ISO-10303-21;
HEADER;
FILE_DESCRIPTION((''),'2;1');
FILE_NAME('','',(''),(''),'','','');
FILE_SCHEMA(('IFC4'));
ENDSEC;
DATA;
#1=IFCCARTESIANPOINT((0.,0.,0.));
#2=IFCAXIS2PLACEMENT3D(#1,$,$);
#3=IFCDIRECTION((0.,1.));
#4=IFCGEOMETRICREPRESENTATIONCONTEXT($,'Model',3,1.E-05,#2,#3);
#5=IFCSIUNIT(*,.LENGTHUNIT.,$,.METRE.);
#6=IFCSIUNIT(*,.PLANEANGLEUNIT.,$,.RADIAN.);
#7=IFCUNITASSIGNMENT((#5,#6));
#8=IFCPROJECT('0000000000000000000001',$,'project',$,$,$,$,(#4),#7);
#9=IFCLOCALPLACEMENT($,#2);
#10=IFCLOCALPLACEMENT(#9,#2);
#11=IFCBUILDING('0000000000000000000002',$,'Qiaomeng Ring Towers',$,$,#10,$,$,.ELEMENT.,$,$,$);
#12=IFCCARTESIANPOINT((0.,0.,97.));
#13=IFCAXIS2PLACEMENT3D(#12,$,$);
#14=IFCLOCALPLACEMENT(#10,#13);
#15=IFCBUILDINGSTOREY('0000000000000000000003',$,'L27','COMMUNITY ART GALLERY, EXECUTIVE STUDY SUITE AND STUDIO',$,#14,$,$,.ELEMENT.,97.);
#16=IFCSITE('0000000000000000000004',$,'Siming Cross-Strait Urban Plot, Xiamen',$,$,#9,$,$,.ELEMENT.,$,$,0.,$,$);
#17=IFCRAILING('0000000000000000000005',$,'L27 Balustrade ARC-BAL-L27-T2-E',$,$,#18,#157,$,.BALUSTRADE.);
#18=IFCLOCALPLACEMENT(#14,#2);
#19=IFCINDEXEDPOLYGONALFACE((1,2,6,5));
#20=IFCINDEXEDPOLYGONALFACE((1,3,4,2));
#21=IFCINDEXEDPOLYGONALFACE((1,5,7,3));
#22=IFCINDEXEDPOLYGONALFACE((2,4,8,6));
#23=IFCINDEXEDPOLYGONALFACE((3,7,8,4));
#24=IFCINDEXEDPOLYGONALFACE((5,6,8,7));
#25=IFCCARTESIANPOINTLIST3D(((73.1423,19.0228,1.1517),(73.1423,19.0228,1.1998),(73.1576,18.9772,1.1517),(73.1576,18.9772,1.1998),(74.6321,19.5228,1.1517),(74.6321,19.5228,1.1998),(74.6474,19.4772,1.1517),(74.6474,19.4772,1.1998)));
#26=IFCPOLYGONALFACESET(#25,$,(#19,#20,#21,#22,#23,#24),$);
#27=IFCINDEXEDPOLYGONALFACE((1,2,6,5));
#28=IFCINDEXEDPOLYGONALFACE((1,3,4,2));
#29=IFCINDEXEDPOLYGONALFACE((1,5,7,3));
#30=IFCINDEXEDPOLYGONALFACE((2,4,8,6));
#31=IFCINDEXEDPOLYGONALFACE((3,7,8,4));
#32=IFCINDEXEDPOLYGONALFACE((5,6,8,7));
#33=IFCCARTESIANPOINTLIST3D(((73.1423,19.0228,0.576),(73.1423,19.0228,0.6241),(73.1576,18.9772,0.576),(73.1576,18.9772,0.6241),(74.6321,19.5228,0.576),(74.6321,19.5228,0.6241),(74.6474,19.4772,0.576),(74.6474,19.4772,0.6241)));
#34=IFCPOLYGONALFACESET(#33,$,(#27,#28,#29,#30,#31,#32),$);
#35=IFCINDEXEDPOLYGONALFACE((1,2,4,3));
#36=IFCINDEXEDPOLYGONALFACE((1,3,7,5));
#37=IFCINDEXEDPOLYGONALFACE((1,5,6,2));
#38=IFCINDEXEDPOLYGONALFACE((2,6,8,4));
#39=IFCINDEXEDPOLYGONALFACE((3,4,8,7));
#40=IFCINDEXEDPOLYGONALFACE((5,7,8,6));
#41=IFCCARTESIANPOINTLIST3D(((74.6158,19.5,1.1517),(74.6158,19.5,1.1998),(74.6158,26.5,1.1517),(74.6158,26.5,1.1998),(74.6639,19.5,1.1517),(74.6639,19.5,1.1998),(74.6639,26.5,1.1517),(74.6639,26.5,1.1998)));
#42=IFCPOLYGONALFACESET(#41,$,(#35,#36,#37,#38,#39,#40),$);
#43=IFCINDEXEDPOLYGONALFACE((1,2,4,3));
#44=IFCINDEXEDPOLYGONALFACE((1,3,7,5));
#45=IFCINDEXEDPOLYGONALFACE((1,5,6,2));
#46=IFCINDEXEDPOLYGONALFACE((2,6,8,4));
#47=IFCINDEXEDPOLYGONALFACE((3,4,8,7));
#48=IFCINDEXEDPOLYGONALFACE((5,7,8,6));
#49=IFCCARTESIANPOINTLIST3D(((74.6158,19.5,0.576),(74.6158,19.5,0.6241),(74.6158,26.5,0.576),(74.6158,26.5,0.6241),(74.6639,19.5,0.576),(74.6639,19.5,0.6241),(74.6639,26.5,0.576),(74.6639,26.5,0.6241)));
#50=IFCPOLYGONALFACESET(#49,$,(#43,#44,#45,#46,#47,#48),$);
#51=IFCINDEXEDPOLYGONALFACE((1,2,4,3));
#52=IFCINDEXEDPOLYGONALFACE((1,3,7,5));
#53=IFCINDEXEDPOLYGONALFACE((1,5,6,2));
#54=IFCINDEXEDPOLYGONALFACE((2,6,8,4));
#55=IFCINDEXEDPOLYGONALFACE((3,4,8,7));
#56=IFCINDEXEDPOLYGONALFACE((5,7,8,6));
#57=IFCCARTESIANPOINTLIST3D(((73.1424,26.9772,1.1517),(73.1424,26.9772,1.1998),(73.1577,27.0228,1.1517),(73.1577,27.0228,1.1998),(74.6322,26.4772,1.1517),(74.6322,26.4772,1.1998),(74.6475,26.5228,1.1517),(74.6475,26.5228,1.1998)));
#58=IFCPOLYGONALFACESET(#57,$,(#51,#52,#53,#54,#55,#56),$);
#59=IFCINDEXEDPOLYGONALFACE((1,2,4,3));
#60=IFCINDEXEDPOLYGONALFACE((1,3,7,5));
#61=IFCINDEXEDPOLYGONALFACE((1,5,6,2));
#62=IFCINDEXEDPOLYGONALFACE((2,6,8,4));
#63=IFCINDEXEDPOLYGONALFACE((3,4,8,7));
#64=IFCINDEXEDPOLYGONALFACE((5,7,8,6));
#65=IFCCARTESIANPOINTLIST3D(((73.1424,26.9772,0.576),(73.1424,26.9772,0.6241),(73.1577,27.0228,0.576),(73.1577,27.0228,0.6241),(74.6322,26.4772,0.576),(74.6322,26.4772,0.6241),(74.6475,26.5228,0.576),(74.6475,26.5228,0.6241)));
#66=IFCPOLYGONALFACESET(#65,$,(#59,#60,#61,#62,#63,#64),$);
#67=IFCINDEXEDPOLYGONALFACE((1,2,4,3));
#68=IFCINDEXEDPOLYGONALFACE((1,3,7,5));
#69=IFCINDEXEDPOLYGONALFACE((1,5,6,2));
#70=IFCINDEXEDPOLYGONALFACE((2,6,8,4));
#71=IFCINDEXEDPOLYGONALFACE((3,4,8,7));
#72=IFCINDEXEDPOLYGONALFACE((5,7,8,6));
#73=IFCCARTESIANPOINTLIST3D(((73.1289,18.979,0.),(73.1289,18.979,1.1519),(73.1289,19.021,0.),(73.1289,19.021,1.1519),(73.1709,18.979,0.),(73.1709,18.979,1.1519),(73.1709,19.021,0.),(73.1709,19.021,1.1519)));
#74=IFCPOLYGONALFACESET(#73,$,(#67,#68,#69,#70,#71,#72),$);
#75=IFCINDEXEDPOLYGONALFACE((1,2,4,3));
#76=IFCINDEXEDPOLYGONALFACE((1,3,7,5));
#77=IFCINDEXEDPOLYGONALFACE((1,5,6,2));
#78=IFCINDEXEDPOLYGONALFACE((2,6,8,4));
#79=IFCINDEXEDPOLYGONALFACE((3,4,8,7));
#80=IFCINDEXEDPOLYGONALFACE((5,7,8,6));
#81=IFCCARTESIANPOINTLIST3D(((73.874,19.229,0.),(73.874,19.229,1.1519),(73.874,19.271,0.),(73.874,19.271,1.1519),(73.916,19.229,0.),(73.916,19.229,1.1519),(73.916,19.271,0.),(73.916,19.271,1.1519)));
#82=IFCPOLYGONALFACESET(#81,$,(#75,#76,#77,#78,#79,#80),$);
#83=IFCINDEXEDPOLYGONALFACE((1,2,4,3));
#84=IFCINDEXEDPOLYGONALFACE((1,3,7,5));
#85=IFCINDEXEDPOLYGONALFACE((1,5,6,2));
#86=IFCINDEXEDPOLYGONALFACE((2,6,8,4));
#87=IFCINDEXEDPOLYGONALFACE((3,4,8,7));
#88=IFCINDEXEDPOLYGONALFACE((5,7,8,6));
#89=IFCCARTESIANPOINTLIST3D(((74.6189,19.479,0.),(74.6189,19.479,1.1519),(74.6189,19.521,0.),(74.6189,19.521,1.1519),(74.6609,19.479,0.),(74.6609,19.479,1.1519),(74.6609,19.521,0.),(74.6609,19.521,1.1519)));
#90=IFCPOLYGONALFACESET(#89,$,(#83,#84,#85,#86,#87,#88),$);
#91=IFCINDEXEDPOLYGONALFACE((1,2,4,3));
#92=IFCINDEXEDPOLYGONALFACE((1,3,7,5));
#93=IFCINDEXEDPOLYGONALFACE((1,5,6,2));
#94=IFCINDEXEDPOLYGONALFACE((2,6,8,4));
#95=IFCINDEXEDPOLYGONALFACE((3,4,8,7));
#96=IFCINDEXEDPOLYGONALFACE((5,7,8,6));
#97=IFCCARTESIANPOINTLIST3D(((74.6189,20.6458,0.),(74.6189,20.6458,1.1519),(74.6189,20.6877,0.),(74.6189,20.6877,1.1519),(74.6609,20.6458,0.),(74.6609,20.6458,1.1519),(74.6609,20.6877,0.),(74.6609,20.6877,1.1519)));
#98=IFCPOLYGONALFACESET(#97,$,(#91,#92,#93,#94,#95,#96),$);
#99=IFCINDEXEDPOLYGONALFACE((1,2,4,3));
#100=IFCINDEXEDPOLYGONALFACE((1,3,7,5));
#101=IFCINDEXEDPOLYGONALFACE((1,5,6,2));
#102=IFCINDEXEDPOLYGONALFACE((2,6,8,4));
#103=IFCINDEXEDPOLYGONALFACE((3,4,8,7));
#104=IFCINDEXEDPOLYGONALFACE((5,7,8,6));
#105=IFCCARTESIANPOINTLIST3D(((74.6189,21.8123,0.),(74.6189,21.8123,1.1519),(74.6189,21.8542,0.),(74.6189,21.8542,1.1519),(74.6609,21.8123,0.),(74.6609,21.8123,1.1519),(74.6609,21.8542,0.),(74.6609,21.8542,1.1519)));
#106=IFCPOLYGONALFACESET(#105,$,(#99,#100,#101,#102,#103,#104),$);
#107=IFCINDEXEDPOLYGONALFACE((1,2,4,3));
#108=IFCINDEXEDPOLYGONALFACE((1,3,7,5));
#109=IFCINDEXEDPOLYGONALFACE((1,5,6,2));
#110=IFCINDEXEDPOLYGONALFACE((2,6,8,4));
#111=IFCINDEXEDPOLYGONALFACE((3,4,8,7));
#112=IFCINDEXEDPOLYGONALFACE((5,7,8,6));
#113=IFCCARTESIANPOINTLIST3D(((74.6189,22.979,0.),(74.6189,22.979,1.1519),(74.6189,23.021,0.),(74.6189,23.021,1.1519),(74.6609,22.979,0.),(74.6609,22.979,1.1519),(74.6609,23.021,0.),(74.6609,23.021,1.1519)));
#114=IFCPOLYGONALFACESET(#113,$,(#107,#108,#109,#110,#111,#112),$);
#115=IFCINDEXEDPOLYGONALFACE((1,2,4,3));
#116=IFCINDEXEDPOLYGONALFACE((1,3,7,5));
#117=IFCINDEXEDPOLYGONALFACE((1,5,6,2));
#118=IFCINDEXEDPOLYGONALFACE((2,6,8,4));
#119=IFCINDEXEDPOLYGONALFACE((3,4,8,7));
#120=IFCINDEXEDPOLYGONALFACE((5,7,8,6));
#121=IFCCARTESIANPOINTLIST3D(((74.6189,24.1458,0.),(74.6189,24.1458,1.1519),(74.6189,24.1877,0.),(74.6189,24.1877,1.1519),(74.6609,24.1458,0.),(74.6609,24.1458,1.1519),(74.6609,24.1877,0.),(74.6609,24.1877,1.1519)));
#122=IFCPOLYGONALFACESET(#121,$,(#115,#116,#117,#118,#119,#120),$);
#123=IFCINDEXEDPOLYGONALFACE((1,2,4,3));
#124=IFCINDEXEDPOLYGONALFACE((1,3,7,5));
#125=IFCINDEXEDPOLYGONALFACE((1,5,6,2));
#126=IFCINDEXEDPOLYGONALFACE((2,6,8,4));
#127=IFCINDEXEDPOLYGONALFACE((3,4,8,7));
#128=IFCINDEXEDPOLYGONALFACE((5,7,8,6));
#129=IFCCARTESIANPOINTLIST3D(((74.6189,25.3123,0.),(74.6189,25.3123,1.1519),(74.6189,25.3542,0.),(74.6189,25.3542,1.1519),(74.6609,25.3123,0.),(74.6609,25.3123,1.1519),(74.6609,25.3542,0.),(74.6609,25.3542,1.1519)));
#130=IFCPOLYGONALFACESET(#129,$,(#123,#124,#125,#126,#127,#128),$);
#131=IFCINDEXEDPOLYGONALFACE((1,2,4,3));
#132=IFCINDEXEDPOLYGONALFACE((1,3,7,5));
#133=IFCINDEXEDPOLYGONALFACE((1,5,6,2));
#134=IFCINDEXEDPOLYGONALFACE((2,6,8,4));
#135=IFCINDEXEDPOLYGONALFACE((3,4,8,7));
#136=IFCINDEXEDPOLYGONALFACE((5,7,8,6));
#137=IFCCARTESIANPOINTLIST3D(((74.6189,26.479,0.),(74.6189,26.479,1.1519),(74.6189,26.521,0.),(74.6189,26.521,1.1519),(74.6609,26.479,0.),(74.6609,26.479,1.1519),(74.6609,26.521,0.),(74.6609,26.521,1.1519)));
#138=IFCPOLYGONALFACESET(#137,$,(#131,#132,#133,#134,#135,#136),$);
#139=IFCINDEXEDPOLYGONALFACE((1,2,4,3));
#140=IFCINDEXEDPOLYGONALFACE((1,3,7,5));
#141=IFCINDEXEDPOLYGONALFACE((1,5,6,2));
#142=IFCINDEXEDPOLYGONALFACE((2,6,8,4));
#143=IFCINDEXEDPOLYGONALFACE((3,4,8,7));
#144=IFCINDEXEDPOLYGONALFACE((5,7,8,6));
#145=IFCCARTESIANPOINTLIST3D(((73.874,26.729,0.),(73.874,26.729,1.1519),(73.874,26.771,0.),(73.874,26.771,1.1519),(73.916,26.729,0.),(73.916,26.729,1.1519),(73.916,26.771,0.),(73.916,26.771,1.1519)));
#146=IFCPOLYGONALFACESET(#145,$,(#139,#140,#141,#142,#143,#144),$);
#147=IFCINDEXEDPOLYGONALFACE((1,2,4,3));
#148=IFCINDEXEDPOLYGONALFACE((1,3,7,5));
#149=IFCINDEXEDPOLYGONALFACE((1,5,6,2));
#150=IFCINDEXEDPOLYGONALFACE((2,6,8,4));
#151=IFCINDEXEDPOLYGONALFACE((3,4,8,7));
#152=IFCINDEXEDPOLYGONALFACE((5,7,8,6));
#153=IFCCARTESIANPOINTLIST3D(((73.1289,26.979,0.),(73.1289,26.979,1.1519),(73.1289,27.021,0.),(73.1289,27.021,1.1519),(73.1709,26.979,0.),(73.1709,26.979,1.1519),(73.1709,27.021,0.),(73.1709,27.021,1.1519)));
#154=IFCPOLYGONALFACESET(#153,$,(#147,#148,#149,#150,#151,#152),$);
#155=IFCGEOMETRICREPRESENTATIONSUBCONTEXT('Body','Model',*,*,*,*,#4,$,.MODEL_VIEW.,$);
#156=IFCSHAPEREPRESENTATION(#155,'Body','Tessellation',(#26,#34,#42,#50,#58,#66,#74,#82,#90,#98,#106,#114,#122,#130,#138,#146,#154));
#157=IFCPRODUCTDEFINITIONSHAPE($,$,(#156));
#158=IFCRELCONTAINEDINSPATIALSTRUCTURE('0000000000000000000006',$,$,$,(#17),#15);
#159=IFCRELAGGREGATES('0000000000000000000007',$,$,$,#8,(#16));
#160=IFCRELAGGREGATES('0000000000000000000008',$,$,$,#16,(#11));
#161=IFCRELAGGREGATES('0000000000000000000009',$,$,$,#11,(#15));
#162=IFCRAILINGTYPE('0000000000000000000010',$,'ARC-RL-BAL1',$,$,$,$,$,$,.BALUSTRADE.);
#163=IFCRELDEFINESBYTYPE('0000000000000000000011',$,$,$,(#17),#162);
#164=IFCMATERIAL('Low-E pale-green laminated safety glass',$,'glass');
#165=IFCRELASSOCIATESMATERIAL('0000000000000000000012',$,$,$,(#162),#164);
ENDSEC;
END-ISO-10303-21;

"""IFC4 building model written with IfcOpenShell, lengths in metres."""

from ifc_helpers import new_model, si_unit, direction, frame, origin, origin_2d, place, context, subcontext, project, spatial, rectangle, extrude, material, type_object, element, save


model = new_model("IFC4")

# Units and contexts
model_context = context("Model", 3, precision=1e-05, world=origin(), true_north=direction((0.0, 1.0)))
body_context = subcontext(model_context, "Body", "Model", "MODEL_VIEW")
ifc_project = project(units=[si_unit("LENGTHUNIT", "METRE"), si_unit("PLANEANGLEUNIT", "RADIAN")], contexts=[model_context])

# Site, building, storey
site_placement = place(None, origin())
site = spatial("IfcSite", under=ifc_project, at=site_placement, Name="Siming Cross-Strait Urban Plot, Xiamen", CompositionType="ELEMENT", RefElevation=0.0)
building_placement = place(site_placement, origin())
building = spatial("IfcBuilding", under=site, at=building_placement, Name="Qiaomeng Ring Towers", CompositionType="ELEMENT")
storey_placement = place(building_placement, frame((0.0, 0.0, 97.0)))
storey = spatial("IfcBuildingStorey", under=building, at=storey_placement, Name="L27", Description="COMMUNITY ART GALLERY, EXECUTIVE STUDY SUITE AND STUDIO", CompositionType="ELEMENT", Elevation=97.0)

# Railing
ifc_material_1 = material(Name="Low-E pale-green laminated safety glass", Category="glass")
railing_type = type_object("IfcRailingType", Name="ARC-RL-BAL1", PredefinedType="BALUSTRADE", material=ifc_material_1)
railing_1_placement = place(storey_placement, frame((73.1499, 19.0, 0.0)))
element("IfcRailing", 1, at=railing_1_placement, inside=storey, type_object=railing_type, Name="L27 Balustrade ARC-BAL-L27-T2-E", PredefinedType="BALUSTRADE", context=body_context, shape_type="SweptSolid", body=[
    extrude(rectangle(XDim=0.0481, YDim=0.0481, at=origin_2d()), frame((0.0, 0.0, 1.1758), z_axis=(0.948044, 0.318138, 0.0), x_axis=(-0.318138, 0.948044, 0.0)), (0.0, 0.0, 1.0), 1.5715),
    extrude(rectangle(XDim=0.0481, YDim=0.0481, at=origin_2d()), frame((0.0, 0.0, 0.6001), z_axis=(0.948044, 0.318138, 0.0), x_axis=(-0.318138, 0.948044, 0.0)), (0.0, 0.0, 1.0), 1.5715),
    extrude(rectangle(XDim=0.0481, YDim=0.0481, at=origin_2d()), frame((1.49, 0.5, 1.1758), z_axis=(0.0, 1.0, 0.0), x_axis=(-1.0, 0.0, 0.0)), (0.0, 0.0, 1.0), 7.0),
    extrude(rectangle(XDim=0.0481, YDim=0.0481, at=origin_2d()), frame((1.49, 0.5, 0.6001), z_axis=(0.0, 1.0, 0.0), x_axis=(-1.0, 0.0, 0.0)), (0.0, 0.0, 1.0), 7.0),
    extrude(rectangle(XDim=0.0481, YDim=0.0481, at=origin_2d()), frame((1.49, 7.5, 1.1758), z_axis=(-0.948044, 0.318138, 0.0), x_axis=(-0.318138, -0.948044, 0.0)), (0.0, 0.0, 1.0), 1.5715),
    extrude(rectangle(XDim=0.0481, YDim=0.0481, at=origin_2d()), frame((1.49, 7.5, 0.6001), z_axis=(-0.948044, 0.318138, 0.0), x_axis=(-0.318138, -0.948044, 0.0)), (0.0, 0.0, 1.0), 1.5715),
    extrude(rectangle(XDim=0.042, YDim=0.042, at=origin_2d()), origin(), (0.0, 0.0, 1.0), 1.1519),
    extrude(rectangle(XDim=0.042, YDim=0.042, at=origin_2d()), frame((0.7451, 0.25, 0.0)), (0.0, 0.0, 1.0), 1.1519),
    extrude(rectangle(XDim=0.042, YDim=0.042, at=origin_2d()), frame((1.49, 0.5, 0.0)), (0.0, 0.0, 1.0), 1.1519),
    extrude(rectangle(XDim=0.042, YDim=0.042, at=origin_2d()), frame((1.49, 1.6667, 0.0)), (0.0, 0.0, 1.0), 1.1519),
    extrude(rectangle(XDim=0.042, YDim=0.042, at=origin_2d()), frame((1.49, 2.8333, 0.0)), (0.0, 0.0, 1.0), 1.1519),
    extrude(rectangle(XDim=0.042, YDim=0.042, at=origin_2d()), frame((1.49, 4.0, 0.0)), (0.0, 0.0, 1.0), 1.1519),
    extrude(rectangle(XDim=0.042, YDim=0.042, at=origin_2d()), frame((1.49, 5.1667, 0.0)), (0.0, 0.0, 1.0), 1.1519),
    extrude(rectangle(XDim=0.042, YDim=0.042, at=origin_2d()), frame((1.49, 6.3333, 0.0)), (0.0, 0.0, 1.0), 1.1519),
    extrude(rectangle(XDim=0.042, YDim=0.042, at=origin_2d()), frame((1.49, 7.5, 0.0)), (0.0, 0.0, 1.0), 1.1519),
    extrude(rectangle(XDim=0.042, YDim=0.042, at=origin_2d()), frame((0.7451, 7.75, 0.0)), (0.0, 0.0, 1.0), 1.1519),
    extrude(rectangle(XDim=0.042, YDim=0.042, at=origin_2d()), frame((0.0, 8.0, 0.0)), (0.0, 0.0, 1.0), 1.1519),
])

save(model, "model.ifc")
